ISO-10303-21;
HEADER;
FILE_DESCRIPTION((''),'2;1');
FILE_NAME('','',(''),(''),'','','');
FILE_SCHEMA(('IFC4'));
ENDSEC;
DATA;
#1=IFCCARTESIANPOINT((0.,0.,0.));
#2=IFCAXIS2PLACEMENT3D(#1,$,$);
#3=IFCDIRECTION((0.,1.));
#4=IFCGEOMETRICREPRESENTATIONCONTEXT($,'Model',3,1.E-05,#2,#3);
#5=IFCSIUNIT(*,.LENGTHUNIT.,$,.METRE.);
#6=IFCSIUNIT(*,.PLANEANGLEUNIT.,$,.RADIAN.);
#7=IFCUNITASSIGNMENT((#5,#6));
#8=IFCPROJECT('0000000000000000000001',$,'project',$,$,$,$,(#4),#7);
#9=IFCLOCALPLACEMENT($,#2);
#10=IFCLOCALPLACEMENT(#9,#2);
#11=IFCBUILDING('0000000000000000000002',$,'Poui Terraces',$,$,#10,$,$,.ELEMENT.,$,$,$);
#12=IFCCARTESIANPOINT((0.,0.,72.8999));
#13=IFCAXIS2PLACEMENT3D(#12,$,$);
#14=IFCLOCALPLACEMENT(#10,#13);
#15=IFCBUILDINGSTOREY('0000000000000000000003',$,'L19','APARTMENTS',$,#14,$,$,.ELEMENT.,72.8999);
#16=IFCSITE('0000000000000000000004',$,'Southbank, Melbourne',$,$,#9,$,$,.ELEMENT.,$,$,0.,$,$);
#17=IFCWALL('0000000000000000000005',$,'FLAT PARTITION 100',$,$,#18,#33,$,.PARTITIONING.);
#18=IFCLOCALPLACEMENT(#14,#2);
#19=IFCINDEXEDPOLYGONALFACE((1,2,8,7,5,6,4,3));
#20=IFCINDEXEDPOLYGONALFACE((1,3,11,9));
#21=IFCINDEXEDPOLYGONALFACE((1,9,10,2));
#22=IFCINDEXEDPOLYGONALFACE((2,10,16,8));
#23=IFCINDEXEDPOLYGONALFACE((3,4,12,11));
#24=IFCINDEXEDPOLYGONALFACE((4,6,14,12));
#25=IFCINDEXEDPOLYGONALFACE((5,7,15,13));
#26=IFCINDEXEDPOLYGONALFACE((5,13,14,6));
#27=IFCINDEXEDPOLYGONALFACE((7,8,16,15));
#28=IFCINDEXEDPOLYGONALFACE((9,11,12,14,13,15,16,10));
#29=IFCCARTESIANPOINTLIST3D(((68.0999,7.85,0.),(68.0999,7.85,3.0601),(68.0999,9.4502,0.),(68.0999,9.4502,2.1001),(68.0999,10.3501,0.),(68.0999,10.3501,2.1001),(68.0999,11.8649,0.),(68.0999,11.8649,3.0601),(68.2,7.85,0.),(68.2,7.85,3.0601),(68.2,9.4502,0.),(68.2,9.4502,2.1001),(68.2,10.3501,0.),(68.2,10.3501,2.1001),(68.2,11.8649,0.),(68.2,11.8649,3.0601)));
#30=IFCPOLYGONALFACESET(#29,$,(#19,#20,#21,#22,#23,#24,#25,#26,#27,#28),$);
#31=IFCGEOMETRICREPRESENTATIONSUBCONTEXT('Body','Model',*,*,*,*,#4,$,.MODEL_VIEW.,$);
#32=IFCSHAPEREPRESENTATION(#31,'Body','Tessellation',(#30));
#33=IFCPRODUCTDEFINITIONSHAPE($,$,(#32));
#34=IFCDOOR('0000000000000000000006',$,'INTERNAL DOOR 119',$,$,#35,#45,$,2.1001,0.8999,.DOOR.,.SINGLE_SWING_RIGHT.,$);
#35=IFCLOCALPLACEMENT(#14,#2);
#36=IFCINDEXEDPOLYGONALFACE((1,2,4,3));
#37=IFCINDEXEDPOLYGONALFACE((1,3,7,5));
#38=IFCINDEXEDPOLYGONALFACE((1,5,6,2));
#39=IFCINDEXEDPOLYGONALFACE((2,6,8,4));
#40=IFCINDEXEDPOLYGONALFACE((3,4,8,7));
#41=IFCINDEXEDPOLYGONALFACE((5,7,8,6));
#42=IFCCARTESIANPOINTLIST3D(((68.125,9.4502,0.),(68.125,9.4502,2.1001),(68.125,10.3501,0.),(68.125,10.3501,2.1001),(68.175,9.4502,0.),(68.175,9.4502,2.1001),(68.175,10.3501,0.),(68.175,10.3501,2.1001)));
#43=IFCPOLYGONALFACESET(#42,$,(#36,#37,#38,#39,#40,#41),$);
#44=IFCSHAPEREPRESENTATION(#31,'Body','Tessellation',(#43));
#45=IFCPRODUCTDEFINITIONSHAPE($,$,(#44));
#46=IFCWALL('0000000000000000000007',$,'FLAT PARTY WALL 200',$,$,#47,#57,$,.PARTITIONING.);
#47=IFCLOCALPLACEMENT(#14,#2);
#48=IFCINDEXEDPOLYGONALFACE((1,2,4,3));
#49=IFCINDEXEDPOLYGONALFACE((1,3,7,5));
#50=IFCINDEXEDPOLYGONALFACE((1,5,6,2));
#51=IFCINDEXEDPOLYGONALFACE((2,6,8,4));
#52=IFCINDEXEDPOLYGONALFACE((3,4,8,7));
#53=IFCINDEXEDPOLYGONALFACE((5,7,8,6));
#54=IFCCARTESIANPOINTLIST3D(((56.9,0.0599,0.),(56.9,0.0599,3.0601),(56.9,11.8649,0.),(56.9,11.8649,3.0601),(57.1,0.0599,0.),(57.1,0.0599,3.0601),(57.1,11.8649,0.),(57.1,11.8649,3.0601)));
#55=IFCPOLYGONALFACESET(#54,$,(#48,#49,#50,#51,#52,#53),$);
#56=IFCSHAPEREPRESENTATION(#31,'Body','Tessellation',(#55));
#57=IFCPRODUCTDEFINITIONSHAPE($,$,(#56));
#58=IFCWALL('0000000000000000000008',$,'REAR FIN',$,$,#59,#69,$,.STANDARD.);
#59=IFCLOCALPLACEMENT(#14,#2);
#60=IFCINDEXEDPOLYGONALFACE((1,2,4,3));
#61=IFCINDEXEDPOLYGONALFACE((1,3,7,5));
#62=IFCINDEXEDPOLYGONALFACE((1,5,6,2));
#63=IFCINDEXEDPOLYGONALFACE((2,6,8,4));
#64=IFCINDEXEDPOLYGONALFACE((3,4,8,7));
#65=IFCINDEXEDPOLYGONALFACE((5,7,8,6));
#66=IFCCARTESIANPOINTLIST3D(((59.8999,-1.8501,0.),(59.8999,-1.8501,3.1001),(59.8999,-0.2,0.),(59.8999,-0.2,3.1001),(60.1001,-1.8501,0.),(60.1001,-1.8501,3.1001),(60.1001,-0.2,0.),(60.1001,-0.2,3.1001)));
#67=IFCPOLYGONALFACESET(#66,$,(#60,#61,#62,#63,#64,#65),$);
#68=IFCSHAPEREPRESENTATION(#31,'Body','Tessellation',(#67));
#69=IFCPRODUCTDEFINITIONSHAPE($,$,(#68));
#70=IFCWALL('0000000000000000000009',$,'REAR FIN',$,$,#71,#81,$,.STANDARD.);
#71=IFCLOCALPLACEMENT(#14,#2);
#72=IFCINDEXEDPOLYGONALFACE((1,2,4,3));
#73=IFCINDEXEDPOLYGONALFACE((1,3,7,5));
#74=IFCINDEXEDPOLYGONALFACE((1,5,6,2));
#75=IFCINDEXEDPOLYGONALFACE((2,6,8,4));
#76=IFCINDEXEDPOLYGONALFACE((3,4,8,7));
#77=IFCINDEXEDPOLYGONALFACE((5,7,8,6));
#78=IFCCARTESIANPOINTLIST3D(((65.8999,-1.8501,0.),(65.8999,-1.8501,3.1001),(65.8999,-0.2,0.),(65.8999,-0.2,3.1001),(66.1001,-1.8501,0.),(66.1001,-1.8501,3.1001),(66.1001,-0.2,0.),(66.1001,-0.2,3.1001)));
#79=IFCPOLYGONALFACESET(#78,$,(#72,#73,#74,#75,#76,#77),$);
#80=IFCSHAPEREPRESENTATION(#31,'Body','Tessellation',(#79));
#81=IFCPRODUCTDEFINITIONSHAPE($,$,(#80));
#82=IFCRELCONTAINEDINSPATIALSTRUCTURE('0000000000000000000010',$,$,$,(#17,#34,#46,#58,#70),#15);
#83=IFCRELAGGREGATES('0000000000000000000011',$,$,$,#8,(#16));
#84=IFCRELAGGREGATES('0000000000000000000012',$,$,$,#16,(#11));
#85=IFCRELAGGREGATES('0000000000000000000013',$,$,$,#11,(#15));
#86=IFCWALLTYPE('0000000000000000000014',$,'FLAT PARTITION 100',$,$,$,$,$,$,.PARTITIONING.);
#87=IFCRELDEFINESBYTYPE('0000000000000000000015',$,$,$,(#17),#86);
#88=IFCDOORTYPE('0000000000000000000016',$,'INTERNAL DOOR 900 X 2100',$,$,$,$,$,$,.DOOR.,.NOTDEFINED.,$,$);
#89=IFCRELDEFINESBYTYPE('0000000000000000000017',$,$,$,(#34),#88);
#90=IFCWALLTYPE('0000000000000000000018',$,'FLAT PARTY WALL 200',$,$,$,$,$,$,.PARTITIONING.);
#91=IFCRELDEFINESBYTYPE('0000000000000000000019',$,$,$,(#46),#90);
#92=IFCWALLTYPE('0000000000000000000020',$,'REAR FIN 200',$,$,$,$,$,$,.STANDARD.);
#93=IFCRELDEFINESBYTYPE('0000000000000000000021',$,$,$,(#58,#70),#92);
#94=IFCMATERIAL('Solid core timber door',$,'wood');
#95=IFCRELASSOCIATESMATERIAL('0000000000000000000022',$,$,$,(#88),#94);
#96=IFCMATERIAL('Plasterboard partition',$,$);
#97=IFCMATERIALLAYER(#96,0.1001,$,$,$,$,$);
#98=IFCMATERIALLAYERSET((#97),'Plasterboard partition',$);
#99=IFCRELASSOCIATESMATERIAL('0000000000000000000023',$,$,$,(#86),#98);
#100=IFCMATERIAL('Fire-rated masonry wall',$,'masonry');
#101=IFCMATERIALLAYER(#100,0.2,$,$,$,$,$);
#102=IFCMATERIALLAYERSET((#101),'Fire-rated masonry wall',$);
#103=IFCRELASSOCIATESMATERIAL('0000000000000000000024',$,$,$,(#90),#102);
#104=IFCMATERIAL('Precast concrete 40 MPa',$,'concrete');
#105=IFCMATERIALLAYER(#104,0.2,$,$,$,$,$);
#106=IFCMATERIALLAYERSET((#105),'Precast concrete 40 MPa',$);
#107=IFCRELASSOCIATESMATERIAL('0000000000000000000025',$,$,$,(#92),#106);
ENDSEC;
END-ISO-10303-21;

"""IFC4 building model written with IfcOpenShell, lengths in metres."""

from ifc_helpers import new_model, si_unit, direction, frame, frame_2d, origin, place, context, subcontext, project, spatial, polyline, rectangle, outline, extrude, source, transform, mapped, material, layer, layer_set, type_object, element, fill, save


model = new_model("IFC4")

# Units and contexts
model_context = context("Model", 3, precision=1e-05, world=origin(), true_north=direction((0.0, 1.0)))
body_context = subcontext(model_context, "Body", "Model", "MODEL_VIEW")
ifc_project = project(units=[si_unit("LENGTHUNIT", "METRE"), si_unit("PLANEANGLEUNIT", "RADIAN")], contexts=[model_context])

# Site, building, storey
site_placement = place(None, origin())
site = spatial("IfcSite", under=ifc_project, at=site_placement, Name="Southbank, Melbourne", CompositionType="ELEMENT", RefElevation=0.0)
building_placement = place(site_placement, origin())
building = spatial("IfcBuilding", under=site, at=building_placement, Name="Poui Terraces", CompositionType="ELEMENT")
storey_placement = place(building_placement, frame((0.0, 0.0, 72.8999)))
storey = spatial("IfcBuildingStorey", under=building, at=storey_placement, Name="L19", Description="APARTMENTS", CompositionType="ELEMENT", Elevation=72.8999)

# Shared definitions
ifc_material_1 = material(Name="Precast concrete 40 MPa", Category="concrete")

# Shared definitions
ifc_material_2 = material(Name="Solid core timber door", Category="wood")
door_type_1 = type_object("IfcDoorType", Name="INTERNAL DOOR 900 X 2100", OperationType="NOTDEFINED", PredefinedType="DOOR", material=ifc_material_2)

# Shared definitions
ifc_material_3 = material(Name="Plasterboard partition")
ifc_layer_1 = layer(ifc_material_3, 0.1001)
ifc_layer_set_1 = layer_set([ifc_layer_1], Name="Plasterboard partition")
wall_type_1 = type_object("IfcWallType", Name="FLAT PARTITION 100", PredefinedType="PARTITIONING", material=ifc_layer_set_1)

# Wall, opening, door
wall_1_placement = place(storey_placement, frame((68.1499, 7.8501, 0.0), z_axis=(0.0, 0.0, 1.0), x_axis=(0.0, 1.0, 0.0)))
wall_1 = element("IfcWall", 1, at=wall_1_placement, inside=storey, type_object=wall_type_1, Name="FLAT PARTITION 100", PredefinedType="PARTITIONING", context=body_context, shape_type="SweptSolid", body=[
    extrude(rectangle(XDim=4.0149, YDim=0.1001, at=frame_2d((2.0073, 0.0))), origin(), (0.0, 0.0, 1.0), 3.0601),
])
opening_1_placement = place(wall_1_placement, frame((1.6001, 0.0, 0.0)))
opening_1 = element("IfcOpeningElement", 2, at=opening_1_placement, cuts=wall_1, PredefinedType="OPENING", context=body_context, shape_type="SweptSolid", body=[
    extrude(rectangle(XDim=0.8999, YDim=2.1001, at=frame_2d((0.45, 1.05))), frame((0.0, 0.0601, 0.0), z_axis=(0.0, -1.0, 0.0), x_axis=(1.0, 0.0, 0.0)), (0.0, 0.0, 1.0), 0.1201),
])
door_1_placement = place(opening_1_placement, origin())
door_1 = element("IfcDoor", 3, at=door_1_placement, inside=storey, type_object=door_type_1, Name="INTERNAL DOOR 119", OperationType="SINGLE_SWING_RIGHT", OverallHeight=2.1001, OverallWidth=0.8999, PredefinedType="DOOR", context=body_context, shape_type="SweptSolid", body=[
    extrude(rectangle(XDim=0.8999, YDim=2.1001, at=frame_2d((0.45, 1.05))), frame((0.0, 0.0249, 0.0), z_axis=(0.0, -1.0, 0.0), x_axis=(1.0, 0.0, 0.0)), (0.0, 0.0, 1.0), 0.05),
])
fill(opening_1, door_1)

# Walls
ifc_material_4 = material(Name="Fire-rated masonry wall", Category="masonry")
ifc_layer_2 = layer(ifc_material_4, 0.2)
ifc_layer_set_2 = layer_set([ifc_layer_2], Name="Fire-rated masonry wall")
wall_type_2 = type_object("IfcWallType", Name="FLAT PARTY WALL 200", PredefinedType="PARTITIONING", material=ifc_layer_set_2)
wall_2_placement = place(storey_placement, frame((57.0, 0.0601, 0.0), z_axis=(0.0, 0.0, 1.0), x_axis=(0.0, 1.0, 0.0)))
element("IfcWall", 4, at=wall_2_placement, inside=storey, type_object=wall_type_2, Name="FLAT PARTY WALL 200", PredefinedType="PARTITIONING", context=body_context, shape_type="SweptSolid", body=[
    extrude(rectangle(XDim=11.8049, YDim=0.2, at=frame_2d((5.9023, 0.0))), origin(), (0.0, 0.0, 1.0), 3.0601),
])
ifc_layer_3 = layer(ifc_material_1, 0.2)
ifc_layer_set_3 = layer_set([ifc_layer_3], Name="Precast concrete 40 MPa")
wall_type_3 = type_object("IfcWallType", Name="REAR FIN 200", PredefinedType="STANDARD", material=ifc_layer_set_3)
shared_shape_1 = source(origin(), body_context, "Body", "SweptSolid", [
    extrude(outline(polyline([(0.0, 0.0), (0.2002, 0.0), (0.2002, 1.6501), (0.0, 1.6501), (0.0, 0.0)])), origin(), (0.0, 0.0, 1.0), 3.1001),
])
for number, where, name in (
    (5, (59.8999, -1.8501, 0.0), "REAR FIN"),
    (6, (65.8999, -1.8501, 0.0), "REAR FIN"),
):
    element("IfcWall", number, at=place(storey_placement, frame(where)), inside=storey, type_object=wall_type_3, Name=name, PredefinedType="STANDARD", context=body_context, shape_type="MappedRepresentation", body=[
        mapped(shared_shape_1, transform((0.0, 0.0, 0.0))),
    ])

save(model, "model.ifc")
